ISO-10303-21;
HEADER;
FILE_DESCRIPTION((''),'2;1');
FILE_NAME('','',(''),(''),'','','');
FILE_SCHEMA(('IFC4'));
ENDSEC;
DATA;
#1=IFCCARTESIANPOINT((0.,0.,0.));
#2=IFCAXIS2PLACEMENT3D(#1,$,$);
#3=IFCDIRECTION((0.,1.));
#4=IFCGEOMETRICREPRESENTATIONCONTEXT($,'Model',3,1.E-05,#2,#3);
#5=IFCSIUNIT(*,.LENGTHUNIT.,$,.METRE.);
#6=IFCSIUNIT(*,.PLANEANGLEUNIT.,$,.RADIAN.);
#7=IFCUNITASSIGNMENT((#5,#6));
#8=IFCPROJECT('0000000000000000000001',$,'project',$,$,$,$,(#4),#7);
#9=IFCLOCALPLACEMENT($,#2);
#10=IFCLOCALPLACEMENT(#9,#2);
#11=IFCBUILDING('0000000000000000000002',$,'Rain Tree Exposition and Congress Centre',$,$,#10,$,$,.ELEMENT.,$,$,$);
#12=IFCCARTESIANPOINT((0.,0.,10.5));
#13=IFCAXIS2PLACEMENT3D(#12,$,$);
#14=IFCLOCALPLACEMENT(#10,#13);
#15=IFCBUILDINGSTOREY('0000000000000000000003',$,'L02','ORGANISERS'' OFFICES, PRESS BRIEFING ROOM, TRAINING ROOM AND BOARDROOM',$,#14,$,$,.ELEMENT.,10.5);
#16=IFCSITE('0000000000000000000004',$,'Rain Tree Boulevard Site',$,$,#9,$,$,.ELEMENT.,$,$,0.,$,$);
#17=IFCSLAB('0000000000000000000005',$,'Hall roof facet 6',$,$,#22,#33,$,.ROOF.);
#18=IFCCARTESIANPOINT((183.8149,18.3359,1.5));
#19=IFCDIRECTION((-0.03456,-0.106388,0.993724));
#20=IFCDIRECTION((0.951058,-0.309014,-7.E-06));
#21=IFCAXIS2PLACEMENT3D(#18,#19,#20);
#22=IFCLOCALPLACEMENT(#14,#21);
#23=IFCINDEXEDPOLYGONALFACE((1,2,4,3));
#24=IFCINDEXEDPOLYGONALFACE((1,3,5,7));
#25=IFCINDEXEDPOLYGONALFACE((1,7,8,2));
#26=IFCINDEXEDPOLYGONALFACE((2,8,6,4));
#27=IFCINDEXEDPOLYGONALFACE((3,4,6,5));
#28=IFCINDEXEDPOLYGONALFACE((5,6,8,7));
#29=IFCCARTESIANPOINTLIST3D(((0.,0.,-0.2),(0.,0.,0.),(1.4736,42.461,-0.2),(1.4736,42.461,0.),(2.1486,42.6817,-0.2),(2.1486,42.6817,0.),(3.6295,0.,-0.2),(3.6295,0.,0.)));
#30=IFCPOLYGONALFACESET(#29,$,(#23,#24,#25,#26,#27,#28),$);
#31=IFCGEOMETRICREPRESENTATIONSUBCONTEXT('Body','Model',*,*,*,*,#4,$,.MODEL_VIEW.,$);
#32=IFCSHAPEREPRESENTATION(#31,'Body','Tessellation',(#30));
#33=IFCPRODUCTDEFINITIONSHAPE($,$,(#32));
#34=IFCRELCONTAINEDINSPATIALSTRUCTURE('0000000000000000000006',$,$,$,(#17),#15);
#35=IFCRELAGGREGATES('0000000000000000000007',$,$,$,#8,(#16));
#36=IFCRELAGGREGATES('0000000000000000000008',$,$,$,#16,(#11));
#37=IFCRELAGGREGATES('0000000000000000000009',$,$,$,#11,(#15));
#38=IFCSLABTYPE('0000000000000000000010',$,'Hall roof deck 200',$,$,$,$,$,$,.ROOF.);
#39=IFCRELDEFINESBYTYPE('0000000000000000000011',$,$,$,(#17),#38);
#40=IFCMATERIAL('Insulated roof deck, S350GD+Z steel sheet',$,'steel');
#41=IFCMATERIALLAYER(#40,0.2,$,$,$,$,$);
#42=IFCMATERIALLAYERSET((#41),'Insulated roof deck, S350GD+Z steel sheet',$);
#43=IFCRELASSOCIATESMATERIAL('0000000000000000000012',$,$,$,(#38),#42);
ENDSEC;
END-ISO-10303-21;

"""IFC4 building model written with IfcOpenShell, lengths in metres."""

from ifc_helpers import new_model, si_unit, direction, frame, origin, place, context, subcontext, project, spatial, polyline, outline, extrude, material, layer, layer_set, type_object, element, save


model = new_model("IFC4")

# Units and contexts
model_context = context("Model", 3, precision=1e-05, world=origin(), true_north=direction((0.0, 1.0)))
body_context = subcontext(model_context, "Body", "Model", "MODEL_VIEW")
ifc_project = project(units=[si_unit("LENGTHUNIT", "METRE"), si_unit("PLANEANGLEUNIT", "RADIAN")], contexts=[model_context])

# Site, building, storey
site_placement = place(None, origin())
site = spatial("IfcSite", under=ifc_project, at=site_placement, Name="Rain Tree Boulevard Site", CompositionType="ELEMENT", RefElevation=0.0)
building_placement = place(site_placement, origin())
building = spatial("IfcBuilding", under=site, at=building_placement, Name="Rain Tree Exposition and Congress Centre", CompositionType="ELEMENT")
storey_placement = place(building_placement, frame((0.0, 0.0, 10.5)))
storey = spatial("IfcBuildingStorey", under=building, at=storey_placement, Name="L02", Description="ORGANISERS' OFFICES, PRESS BRIEFING ROOM, TRAINING ROOM AND BOARDROOM", CompositionType="ELEMENT", Elevation=10.5)

# Slab
ifc_material_1 = material(Name="Insulated roof deck, S350GD+Z steel sheet", Category="steel")
ifc_layer_1 = layer(ifc_material_1, 0.2)
ifc_layer_set_1 = layer_set([ifc_layer_1], Name="Insulated roof deck, S350GD+Z steel sheet")
slab_type = type_object("IfcSlabType", Name="Hall roof deck 200", PredefinedType="ROOF", material=ifc_layer_set_1)
slab_1_placement = place(storey_placement, frame((183.8149, 18.3359, 1.5), z_axis=(-0.03456, -0.106388, 0.993724), x_axis=(0.951058, -0.309014, -0.000007)))
element("IfcSlab", 1, at=slab_1_placement, inside=storey, type_object=slab_type, Name="Hall roof facet 6", PredefinedType="ROOF", context=body_context, shape_type="SweptSolid", body=[
    extrude(outline(polyline([(0.0, 0.0), (3.6295, 0.0), (2.1486, 42.6817), (1.4736, 42.461), (0.0, 0.0)])), origin(), (0.0, 0.0, -1.0), 0.2),
])

save(model, "model.ifc")
